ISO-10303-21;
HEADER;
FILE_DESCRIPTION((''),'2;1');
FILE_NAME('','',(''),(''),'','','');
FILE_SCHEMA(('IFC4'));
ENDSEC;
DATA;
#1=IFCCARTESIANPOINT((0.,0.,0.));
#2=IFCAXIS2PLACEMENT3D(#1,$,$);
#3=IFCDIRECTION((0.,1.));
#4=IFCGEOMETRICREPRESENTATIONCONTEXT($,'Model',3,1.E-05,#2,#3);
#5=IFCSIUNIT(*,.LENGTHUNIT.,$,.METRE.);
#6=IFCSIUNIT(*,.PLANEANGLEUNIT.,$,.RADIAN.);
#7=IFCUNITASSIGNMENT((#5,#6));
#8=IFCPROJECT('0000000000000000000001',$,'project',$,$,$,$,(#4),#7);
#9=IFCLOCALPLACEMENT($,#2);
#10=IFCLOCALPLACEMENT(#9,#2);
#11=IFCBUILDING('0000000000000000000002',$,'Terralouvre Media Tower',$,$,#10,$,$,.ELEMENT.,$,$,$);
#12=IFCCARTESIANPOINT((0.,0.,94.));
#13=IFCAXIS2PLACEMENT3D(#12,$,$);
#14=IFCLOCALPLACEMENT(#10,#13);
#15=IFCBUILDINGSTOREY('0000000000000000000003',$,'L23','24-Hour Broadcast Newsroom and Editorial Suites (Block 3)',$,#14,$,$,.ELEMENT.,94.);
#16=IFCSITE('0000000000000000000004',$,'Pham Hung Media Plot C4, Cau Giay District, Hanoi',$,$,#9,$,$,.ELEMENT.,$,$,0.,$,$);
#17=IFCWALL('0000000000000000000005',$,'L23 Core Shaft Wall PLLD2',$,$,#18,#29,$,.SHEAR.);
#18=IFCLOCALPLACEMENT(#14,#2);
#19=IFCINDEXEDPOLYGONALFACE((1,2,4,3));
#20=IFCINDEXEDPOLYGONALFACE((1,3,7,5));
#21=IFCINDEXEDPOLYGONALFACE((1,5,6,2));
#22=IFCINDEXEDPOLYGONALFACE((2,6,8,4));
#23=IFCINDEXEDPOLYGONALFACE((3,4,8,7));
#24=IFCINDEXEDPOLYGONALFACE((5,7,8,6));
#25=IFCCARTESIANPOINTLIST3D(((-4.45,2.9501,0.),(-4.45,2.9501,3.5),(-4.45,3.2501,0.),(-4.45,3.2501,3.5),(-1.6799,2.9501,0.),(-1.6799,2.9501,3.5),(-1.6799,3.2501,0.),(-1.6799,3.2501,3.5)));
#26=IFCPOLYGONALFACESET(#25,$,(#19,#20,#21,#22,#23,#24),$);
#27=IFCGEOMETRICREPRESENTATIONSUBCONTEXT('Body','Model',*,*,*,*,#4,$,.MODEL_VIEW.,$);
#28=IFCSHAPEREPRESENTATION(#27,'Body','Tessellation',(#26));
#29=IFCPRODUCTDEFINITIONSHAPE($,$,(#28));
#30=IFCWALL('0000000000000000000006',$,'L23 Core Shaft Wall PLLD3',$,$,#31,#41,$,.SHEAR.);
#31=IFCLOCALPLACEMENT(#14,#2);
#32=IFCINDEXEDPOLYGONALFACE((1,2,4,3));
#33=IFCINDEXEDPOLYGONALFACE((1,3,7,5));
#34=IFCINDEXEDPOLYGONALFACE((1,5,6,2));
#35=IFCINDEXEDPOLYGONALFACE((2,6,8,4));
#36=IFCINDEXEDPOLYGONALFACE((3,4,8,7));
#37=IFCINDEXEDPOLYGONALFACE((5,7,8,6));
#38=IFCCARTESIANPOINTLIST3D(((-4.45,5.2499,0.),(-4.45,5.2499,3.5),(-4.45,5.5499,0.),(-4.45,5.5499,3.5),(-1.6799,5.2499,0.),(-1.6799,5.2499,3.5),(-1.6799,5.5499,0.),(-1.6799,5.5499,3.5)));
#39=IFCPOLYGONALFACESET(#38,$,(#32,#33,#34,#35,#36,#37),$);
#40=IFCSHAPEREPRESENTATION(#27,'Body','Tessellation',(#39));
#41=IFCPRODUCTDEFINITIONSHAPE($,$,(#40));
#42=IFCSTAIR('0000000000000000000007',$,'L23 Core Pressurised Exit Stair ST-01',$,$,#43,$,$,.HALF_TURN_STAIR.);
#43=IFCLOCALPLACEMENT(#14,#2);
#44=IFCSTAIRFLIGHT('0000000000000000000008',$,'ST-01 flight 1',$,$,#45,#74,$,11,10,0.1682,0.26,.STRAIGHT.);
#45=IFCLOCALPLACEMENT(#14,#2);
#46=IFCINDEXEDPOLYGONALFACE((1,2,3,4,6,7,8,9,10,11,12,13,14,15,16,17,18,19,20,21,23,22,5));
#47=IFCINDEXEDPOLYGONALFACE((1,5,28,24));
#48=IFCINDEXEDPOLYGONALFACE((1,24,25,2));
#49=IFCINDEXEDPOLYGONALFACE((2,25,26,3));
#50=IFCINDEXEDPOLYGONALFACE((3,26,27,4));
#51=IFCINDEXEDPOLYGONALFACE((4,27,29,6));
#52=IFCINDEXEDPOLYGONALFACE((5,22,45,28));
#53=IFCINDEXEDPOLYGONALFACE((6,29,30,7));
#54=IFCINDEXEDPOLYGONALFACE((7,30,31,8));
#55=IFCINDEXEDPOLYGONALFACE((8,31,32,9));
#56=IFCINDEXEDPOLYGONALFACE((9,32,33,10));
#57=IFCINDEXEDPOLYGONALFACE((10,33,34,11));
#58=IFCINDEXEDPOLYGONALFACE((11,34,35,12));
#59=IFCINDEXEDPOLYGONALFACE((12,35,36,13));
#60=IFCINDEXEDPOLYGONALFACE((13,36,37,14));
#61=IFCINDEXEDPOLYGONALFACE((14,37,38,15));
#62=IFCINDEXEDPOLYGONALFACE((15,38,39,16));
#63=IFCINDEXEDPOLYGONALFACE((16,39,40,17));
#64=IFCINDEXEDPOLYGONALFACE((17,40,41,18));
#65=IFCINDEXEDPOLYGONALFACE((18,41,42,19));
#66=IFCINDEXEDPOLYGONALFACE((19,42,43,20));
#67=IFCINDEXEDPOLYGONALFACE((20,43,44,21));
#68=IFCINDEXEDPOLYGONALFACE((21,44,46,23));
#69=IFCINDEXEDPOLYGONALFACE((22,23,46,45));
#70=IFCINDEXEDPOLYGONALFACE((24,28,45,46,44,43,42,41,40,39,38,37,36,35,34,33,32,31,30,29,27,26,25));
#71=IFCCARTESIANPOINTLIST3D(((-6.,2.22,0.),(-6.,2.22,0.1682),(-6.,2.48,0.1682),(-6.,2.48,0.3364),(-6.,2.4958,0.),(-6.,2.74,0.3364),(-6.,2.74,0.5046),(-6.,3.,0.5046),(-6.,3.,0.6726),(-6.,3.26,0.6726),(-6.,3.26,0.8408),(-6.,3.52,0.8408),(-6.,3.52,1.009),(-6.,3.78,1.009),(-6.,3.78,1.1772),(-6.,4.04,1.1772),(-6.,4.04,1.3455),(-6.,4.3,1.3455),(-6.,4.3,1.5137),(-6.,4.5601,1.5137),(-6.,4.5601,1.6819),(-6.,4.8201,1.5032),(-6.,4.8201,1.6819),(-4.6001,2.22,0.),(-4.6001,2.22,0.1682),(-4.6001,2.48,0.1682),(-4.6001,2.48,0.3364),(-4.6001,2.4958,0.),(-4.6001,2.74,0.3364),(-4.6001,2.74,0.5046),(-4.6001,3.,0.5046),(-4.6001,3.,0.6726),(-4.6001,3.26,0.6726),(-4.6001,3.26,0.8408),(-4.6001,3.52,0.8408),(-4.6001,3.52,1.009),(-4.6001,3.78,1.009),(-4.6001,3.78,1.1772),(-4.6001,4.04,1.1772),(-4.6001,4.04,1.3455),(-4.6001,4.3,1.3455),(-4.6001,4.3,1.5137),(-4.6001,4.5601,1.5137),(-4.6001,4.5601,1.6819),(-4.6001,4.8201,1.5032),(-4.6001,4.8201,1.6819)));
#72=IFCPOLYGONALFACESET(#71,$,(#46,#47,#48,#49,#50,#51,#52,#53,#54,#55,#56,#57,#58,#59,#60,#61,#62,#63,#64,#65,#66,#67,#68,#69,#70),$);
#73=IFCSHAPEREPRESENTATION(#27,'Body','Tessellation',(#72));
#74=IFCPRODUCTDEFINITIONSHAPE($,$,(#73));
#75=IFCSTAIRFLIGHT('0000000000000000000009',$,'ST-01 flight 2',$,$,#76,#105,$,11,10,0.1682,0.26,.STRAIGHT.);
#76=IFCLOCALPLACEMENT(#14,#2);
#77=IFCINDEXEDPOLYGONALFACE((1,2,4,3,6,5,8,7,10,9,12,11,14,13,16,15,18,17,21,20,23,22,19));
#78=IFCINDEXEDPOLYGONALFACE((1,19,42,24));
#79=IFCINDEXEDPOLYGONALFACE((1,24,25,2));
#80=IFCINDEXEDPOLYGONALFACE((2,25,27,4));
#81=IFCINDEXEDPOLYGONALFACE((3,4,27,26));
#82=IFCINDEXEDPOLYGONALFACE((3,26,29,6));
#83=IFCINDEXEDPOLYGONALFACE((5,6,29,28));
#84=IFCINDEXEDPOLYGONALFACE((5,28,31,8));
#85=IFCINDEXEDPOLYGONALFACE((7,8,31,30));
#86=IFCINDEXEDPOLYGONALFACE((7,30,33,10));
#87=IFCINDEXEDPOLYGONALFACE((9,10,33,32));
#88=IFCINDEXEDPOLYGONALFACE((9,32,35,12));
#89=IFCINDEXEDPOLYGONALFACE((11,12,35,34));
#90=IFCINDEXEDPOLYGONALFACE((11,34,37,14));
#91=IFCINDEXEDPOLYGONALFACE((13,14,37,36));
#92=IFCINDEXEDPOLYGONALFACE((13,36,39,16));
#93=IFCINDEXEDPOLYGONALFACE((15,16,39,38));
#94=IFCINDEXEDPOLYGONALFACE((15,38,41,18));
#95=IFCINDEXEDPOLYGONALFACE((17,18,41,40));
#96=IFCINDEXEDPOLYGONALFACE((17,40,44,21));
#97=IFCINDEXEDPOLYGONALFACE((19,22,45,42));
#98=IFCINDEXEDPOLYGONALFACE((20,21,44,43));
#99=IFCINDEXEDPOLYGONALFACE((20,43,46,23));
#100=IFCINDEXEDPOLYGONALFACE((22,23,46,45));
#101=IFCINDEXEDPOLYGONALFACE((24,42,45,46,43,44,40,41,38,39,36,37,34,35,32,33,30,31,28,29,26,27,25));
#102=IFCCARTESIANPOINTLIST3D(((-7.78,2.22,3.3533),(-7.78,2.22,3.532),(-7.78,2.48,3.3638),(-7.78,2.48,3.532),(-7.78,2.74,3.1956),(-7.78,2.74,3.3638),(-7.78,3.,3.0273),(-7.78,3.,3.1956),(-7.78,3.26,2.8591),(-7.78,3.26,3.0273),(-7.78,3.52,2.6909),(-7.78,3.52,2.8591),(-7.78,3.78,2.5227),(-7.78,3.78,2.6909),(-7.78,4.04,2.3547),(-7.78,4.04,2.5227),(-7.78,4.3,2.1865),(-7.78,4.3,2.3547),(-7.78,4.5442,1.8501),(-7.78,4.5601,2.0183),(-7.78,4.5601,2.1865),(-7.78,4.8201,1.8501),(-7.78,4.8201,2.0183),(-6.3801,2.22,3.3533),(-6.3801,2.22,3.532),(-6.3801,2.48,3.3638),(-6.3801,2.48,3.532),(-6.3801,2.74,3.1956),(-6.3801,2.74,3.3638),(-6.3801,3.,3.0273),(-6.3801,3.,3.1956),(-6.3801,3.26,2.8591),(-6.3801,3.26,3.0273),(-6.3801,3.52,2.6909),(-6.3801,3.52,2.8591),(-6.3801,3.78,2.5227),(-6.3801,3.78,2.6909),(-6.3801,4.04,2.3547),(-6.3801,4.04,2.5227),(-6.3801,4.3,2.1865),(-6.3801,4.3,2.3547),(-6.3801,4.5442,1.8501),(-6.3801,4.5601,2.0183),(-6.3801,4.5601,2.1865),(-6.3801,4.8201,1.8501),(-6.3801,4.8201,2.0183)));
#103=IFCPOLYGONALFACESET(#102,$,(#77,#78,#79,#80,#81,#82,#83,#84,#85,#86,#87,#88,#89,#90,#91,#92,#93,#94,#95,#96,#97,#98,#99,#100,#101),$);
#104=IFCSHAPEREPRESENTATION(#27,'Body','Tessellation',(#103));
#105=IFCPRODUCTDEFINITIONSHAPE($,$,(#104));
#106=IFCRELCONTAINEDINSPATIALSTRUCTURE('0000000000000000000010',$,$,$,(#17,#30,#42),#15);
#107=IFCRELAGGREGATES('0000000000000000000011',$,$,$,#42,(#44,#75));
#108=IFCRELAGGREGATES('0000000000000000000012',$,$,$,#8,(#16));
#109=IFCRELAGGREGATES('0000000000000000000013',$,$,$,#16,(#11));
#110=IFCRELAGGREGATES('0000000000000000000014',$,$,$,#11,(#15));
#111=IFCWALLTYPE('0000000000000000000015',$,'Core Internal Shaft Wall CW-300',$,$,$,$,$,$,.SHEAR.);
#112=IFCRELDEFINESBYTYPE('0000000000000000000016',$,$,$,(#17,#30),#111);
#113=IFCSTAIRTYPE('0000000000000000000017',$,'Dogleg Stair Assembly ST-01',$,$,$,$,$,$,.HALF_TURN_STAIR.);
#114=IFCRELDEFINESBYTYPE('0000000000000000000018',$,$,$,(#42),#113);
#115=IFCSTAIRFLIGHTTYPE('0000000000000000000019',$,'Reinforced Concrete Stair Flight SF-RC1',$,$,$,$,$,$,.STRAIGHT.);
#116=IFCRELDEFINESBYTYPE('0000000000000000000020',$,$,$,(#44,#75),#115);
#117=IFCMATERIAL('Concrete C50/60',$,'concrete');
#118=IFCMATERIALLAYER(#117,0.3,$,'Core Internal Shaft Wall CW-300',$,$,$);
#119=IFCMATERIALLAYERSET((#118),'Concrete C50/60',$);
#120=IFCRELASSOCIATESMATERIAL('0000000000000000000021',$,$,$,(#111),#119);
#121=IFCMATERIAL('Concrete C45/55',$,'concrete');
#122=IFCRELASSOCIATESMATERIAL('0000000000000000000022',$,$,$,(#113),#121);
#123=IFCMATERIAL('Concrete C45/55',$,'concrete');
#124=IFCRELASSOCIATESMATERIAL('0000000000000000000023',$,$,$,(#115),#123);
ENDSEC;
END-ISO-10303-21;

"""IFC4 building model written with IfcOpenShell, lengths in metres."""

from ifc_helpers import new_model, si_unit, direction, frame, frame_2d, origin, place, context, subcontext, project, spatial, polyline, rectangle, outline, extrude, material, layer, layer_set, type_object, element, aggregate, save


model = new_model("IFC4")

# Units and contexts
model_context = context("Model", 3, precision=1e-05, world=origin(), true_north=direction((0.0, 1.0)))
body_context = subcontext(model_context, "Body", "Model", "MODEL_VIEW")
ifc_project = project(units=[si_unit("LENGTHUNIT", "METRE"), si_unit("PLANEANGLEUNIT", "RADIAN")], contexts=[model_context])

# Site, building, storey
site_placement = place(None, origin())
site = spatial("IfcSite", under=ifc_project, at=site_placement, Name="Pham Hung Media Plot C4, Cau Giay District, Hanoi", CompositionType="ELEMENT", RefElevation=0.0)
building_placement = place(site_placement, origin())
building = spatial("IfcBuilding", under=site, at=building_placement, Name="Terralouvre Media Tower", CompositionType="ELEMENT")
storey_placement = place(building_placement, frame((0.0, 0.0, 94.0)))
storey = spatial("IfcBuildingStorey", under=building, at=storey_placement, Name="L23", Description="24-Hour Broadcast Newsroom and Editorial Suites (Block 3)", CompositionType="ELEMENT", Elevation=94.0)

# Shared definitions
ifc_material_1 = material(Name="Concrete C50/60", Category="concrete")
ifc_layer_1 = layer(ifc_material_1, 0.3, Name="Core Internal Shaft Wall CW-300")
ifc_layer_set_1 = layer_set([ifc_layer_1], Name="Concrete C50/60")
wall_type_1 = type_object("IfcWallType", Name="Core Internal Shaft Wall CW-300", PredefinedType="SHEAR", material=ifc_layer_set_1)

# Walls
for number, where, z_axis, x_axis, name in (
    (1, (-4.45, 3.1001, 0.0), (0.0, 0.0, 1.0), (1.0, 0.0, 0.0), "L23 Core Shaft Wall PLLD2"),
    (2, (-4.45, 5.3999, 0.0), (0.0, 0.0, 1.0), (1.0, 0.0, 0.0), "L23 Core Shaft Wall PLLD3"),
):
    element("IfcWall", number, at=place(storey_placement, frame(where, z_axis=z_axis, x_axis=x_axis)), inside=storey, type_object=wall_type_1, Name=name, PredefinedType="SHEAR", context=body_context, shape_type="SweptSolid", body=[
        extrude(rectangle(XDim=2.77, YDim=0.3, at=frame_2d((1.385, 0.0))), origin(), (0.0, 0.0, 1.0), 3.5),
    ])

# Stair, stair flights
ifc_material_2 = material(Name="Concrete C45/55", Category="concrete")
stair_type = type_object("IfcStairType", Name="Dogleg Stair Assembly ST-01", PredefinedType="HALF_TURN_STAIR", material=ifc_material_2)
stair_placement = place(storey_placement, origin())
stair = element("IfcStair", 3, at=stair_placement, inside=storey, type_object=stair_type, Name="L23 Core Pressurised Exit Stair ST-01", PredefinedType="HALF_TURN_STAIR")
ifc_material_3 = material(Name="Concrete C45/55", Category="concrete")
stair_flight_type = type_object("IfcStairFlightType", Name="Reinforced Concrete Stair Flight SF-RC1", PredefinedType="STRAIGHT", material=ifc_material_3)
stair_flight_1_placement = place(storey_placement, frame((-5.3, 2.22, 0.0), z_axis=(0.0, 0.0, 1.0), x_axis=(0.0, 1.0, 0.0)))
stair_flight_1 = element("IfcStairFlight", 4, at=stair_flight_1_placement, type_object=stair_flight_type, Name="ST-01 flight 1", NumberOfRisers=11, NumberOfTreads=10, PredefinedType="STRAIGHT", RiserHeight=0.1682, TreadLength=0.26, context=body_context, shape_type="SweptSolid", body=[
    extrude(outline(polyline([(0.0, 0.0), (0.0, 0.1682), (0.26, 0.1682), (0.26, 0.3364), (0.52, 0.3364), (0.52, 0.5046), (0.78, 0.5046), (0.78, 0.6726), (1.04, 0.6726), (1.04, 0.8408), (1.3, 0.8408), (1.3, 1.009), (1.5601, 1.009), (1.5601, 1.1772), (1.8201, 1.1772), (1.8201, 1.3455), (2.0801, 1.3455), (2.0801, 1.5137), (2.3401, 1.5137), (2.3401, 1.6819), (2.6001, 1.6819), (2.6001, 1.8501), (2.6001, 1.5032), (0.2759, 0.0), (0.0, 0.0)])), frame((0.0, 0.7, 0.0), z_axis=(0.0, -1.0, 0.0), x_axis=(1.0, 0.0, 0.0)), (0.0, 0.0, 1.0), 1.3999),
])
stair_flight_2_placement = place(storey_placement, frame((-7.0801, 4.8201, 1.8501), z_axis=(0.0, 0.0, 1.0), x_axis=(0.0, -1.0, 0.0)))
stair_flight_2 = element("IfcStairFlight", 5, at=stair_flight_2_placement, type_object=stair_flight_type, Name="ST-01 flight 2", NumberOfRisers=11, NumberOfTreads=10, PredefinedType="STRAIGHT", RiserHeight=0.1682, TreadLength=0.26, context=body_context, shape_type="SweptSolid", body=[
    extrude(outline(polyline([(0.0, 0.0), (0.0, 0.1682), (0.26, 0.1682), (0.26, 0.3364), (0.52, 0.3364), (0.52, 0.5046), (0.78, 0.5046), (0.78, 0.6726), (1.04, 0.6726), (1.04, 0.8408), (1.3, 0.8408), (1.3, 1.009), (1.5601, 1.009), (1.5601, 1.1772), (1.8201, 1.1772), (1.8201, 1.3455), (2.0801, 1.3455), (2.0801, 1.5137), (2.3401, 1.5137), (2.3401, 1.6819), (2.6001, 1.6819), (2.6001, 1.8501), (2.6001, 1.5032), (0.2759, 0.0), (0.0, 0.0)])), frame((0.0, 0.7, 0.0), z_axis=(0.0, -1.0, 0.0), x_axis=(1.0, 0.0, 0.0)), (0.0, 0.0, 1.0), 1.3999),
])
aggregate(stair, [stair_flight_1, stair_flight_2])

save(model, "model.ifc")
